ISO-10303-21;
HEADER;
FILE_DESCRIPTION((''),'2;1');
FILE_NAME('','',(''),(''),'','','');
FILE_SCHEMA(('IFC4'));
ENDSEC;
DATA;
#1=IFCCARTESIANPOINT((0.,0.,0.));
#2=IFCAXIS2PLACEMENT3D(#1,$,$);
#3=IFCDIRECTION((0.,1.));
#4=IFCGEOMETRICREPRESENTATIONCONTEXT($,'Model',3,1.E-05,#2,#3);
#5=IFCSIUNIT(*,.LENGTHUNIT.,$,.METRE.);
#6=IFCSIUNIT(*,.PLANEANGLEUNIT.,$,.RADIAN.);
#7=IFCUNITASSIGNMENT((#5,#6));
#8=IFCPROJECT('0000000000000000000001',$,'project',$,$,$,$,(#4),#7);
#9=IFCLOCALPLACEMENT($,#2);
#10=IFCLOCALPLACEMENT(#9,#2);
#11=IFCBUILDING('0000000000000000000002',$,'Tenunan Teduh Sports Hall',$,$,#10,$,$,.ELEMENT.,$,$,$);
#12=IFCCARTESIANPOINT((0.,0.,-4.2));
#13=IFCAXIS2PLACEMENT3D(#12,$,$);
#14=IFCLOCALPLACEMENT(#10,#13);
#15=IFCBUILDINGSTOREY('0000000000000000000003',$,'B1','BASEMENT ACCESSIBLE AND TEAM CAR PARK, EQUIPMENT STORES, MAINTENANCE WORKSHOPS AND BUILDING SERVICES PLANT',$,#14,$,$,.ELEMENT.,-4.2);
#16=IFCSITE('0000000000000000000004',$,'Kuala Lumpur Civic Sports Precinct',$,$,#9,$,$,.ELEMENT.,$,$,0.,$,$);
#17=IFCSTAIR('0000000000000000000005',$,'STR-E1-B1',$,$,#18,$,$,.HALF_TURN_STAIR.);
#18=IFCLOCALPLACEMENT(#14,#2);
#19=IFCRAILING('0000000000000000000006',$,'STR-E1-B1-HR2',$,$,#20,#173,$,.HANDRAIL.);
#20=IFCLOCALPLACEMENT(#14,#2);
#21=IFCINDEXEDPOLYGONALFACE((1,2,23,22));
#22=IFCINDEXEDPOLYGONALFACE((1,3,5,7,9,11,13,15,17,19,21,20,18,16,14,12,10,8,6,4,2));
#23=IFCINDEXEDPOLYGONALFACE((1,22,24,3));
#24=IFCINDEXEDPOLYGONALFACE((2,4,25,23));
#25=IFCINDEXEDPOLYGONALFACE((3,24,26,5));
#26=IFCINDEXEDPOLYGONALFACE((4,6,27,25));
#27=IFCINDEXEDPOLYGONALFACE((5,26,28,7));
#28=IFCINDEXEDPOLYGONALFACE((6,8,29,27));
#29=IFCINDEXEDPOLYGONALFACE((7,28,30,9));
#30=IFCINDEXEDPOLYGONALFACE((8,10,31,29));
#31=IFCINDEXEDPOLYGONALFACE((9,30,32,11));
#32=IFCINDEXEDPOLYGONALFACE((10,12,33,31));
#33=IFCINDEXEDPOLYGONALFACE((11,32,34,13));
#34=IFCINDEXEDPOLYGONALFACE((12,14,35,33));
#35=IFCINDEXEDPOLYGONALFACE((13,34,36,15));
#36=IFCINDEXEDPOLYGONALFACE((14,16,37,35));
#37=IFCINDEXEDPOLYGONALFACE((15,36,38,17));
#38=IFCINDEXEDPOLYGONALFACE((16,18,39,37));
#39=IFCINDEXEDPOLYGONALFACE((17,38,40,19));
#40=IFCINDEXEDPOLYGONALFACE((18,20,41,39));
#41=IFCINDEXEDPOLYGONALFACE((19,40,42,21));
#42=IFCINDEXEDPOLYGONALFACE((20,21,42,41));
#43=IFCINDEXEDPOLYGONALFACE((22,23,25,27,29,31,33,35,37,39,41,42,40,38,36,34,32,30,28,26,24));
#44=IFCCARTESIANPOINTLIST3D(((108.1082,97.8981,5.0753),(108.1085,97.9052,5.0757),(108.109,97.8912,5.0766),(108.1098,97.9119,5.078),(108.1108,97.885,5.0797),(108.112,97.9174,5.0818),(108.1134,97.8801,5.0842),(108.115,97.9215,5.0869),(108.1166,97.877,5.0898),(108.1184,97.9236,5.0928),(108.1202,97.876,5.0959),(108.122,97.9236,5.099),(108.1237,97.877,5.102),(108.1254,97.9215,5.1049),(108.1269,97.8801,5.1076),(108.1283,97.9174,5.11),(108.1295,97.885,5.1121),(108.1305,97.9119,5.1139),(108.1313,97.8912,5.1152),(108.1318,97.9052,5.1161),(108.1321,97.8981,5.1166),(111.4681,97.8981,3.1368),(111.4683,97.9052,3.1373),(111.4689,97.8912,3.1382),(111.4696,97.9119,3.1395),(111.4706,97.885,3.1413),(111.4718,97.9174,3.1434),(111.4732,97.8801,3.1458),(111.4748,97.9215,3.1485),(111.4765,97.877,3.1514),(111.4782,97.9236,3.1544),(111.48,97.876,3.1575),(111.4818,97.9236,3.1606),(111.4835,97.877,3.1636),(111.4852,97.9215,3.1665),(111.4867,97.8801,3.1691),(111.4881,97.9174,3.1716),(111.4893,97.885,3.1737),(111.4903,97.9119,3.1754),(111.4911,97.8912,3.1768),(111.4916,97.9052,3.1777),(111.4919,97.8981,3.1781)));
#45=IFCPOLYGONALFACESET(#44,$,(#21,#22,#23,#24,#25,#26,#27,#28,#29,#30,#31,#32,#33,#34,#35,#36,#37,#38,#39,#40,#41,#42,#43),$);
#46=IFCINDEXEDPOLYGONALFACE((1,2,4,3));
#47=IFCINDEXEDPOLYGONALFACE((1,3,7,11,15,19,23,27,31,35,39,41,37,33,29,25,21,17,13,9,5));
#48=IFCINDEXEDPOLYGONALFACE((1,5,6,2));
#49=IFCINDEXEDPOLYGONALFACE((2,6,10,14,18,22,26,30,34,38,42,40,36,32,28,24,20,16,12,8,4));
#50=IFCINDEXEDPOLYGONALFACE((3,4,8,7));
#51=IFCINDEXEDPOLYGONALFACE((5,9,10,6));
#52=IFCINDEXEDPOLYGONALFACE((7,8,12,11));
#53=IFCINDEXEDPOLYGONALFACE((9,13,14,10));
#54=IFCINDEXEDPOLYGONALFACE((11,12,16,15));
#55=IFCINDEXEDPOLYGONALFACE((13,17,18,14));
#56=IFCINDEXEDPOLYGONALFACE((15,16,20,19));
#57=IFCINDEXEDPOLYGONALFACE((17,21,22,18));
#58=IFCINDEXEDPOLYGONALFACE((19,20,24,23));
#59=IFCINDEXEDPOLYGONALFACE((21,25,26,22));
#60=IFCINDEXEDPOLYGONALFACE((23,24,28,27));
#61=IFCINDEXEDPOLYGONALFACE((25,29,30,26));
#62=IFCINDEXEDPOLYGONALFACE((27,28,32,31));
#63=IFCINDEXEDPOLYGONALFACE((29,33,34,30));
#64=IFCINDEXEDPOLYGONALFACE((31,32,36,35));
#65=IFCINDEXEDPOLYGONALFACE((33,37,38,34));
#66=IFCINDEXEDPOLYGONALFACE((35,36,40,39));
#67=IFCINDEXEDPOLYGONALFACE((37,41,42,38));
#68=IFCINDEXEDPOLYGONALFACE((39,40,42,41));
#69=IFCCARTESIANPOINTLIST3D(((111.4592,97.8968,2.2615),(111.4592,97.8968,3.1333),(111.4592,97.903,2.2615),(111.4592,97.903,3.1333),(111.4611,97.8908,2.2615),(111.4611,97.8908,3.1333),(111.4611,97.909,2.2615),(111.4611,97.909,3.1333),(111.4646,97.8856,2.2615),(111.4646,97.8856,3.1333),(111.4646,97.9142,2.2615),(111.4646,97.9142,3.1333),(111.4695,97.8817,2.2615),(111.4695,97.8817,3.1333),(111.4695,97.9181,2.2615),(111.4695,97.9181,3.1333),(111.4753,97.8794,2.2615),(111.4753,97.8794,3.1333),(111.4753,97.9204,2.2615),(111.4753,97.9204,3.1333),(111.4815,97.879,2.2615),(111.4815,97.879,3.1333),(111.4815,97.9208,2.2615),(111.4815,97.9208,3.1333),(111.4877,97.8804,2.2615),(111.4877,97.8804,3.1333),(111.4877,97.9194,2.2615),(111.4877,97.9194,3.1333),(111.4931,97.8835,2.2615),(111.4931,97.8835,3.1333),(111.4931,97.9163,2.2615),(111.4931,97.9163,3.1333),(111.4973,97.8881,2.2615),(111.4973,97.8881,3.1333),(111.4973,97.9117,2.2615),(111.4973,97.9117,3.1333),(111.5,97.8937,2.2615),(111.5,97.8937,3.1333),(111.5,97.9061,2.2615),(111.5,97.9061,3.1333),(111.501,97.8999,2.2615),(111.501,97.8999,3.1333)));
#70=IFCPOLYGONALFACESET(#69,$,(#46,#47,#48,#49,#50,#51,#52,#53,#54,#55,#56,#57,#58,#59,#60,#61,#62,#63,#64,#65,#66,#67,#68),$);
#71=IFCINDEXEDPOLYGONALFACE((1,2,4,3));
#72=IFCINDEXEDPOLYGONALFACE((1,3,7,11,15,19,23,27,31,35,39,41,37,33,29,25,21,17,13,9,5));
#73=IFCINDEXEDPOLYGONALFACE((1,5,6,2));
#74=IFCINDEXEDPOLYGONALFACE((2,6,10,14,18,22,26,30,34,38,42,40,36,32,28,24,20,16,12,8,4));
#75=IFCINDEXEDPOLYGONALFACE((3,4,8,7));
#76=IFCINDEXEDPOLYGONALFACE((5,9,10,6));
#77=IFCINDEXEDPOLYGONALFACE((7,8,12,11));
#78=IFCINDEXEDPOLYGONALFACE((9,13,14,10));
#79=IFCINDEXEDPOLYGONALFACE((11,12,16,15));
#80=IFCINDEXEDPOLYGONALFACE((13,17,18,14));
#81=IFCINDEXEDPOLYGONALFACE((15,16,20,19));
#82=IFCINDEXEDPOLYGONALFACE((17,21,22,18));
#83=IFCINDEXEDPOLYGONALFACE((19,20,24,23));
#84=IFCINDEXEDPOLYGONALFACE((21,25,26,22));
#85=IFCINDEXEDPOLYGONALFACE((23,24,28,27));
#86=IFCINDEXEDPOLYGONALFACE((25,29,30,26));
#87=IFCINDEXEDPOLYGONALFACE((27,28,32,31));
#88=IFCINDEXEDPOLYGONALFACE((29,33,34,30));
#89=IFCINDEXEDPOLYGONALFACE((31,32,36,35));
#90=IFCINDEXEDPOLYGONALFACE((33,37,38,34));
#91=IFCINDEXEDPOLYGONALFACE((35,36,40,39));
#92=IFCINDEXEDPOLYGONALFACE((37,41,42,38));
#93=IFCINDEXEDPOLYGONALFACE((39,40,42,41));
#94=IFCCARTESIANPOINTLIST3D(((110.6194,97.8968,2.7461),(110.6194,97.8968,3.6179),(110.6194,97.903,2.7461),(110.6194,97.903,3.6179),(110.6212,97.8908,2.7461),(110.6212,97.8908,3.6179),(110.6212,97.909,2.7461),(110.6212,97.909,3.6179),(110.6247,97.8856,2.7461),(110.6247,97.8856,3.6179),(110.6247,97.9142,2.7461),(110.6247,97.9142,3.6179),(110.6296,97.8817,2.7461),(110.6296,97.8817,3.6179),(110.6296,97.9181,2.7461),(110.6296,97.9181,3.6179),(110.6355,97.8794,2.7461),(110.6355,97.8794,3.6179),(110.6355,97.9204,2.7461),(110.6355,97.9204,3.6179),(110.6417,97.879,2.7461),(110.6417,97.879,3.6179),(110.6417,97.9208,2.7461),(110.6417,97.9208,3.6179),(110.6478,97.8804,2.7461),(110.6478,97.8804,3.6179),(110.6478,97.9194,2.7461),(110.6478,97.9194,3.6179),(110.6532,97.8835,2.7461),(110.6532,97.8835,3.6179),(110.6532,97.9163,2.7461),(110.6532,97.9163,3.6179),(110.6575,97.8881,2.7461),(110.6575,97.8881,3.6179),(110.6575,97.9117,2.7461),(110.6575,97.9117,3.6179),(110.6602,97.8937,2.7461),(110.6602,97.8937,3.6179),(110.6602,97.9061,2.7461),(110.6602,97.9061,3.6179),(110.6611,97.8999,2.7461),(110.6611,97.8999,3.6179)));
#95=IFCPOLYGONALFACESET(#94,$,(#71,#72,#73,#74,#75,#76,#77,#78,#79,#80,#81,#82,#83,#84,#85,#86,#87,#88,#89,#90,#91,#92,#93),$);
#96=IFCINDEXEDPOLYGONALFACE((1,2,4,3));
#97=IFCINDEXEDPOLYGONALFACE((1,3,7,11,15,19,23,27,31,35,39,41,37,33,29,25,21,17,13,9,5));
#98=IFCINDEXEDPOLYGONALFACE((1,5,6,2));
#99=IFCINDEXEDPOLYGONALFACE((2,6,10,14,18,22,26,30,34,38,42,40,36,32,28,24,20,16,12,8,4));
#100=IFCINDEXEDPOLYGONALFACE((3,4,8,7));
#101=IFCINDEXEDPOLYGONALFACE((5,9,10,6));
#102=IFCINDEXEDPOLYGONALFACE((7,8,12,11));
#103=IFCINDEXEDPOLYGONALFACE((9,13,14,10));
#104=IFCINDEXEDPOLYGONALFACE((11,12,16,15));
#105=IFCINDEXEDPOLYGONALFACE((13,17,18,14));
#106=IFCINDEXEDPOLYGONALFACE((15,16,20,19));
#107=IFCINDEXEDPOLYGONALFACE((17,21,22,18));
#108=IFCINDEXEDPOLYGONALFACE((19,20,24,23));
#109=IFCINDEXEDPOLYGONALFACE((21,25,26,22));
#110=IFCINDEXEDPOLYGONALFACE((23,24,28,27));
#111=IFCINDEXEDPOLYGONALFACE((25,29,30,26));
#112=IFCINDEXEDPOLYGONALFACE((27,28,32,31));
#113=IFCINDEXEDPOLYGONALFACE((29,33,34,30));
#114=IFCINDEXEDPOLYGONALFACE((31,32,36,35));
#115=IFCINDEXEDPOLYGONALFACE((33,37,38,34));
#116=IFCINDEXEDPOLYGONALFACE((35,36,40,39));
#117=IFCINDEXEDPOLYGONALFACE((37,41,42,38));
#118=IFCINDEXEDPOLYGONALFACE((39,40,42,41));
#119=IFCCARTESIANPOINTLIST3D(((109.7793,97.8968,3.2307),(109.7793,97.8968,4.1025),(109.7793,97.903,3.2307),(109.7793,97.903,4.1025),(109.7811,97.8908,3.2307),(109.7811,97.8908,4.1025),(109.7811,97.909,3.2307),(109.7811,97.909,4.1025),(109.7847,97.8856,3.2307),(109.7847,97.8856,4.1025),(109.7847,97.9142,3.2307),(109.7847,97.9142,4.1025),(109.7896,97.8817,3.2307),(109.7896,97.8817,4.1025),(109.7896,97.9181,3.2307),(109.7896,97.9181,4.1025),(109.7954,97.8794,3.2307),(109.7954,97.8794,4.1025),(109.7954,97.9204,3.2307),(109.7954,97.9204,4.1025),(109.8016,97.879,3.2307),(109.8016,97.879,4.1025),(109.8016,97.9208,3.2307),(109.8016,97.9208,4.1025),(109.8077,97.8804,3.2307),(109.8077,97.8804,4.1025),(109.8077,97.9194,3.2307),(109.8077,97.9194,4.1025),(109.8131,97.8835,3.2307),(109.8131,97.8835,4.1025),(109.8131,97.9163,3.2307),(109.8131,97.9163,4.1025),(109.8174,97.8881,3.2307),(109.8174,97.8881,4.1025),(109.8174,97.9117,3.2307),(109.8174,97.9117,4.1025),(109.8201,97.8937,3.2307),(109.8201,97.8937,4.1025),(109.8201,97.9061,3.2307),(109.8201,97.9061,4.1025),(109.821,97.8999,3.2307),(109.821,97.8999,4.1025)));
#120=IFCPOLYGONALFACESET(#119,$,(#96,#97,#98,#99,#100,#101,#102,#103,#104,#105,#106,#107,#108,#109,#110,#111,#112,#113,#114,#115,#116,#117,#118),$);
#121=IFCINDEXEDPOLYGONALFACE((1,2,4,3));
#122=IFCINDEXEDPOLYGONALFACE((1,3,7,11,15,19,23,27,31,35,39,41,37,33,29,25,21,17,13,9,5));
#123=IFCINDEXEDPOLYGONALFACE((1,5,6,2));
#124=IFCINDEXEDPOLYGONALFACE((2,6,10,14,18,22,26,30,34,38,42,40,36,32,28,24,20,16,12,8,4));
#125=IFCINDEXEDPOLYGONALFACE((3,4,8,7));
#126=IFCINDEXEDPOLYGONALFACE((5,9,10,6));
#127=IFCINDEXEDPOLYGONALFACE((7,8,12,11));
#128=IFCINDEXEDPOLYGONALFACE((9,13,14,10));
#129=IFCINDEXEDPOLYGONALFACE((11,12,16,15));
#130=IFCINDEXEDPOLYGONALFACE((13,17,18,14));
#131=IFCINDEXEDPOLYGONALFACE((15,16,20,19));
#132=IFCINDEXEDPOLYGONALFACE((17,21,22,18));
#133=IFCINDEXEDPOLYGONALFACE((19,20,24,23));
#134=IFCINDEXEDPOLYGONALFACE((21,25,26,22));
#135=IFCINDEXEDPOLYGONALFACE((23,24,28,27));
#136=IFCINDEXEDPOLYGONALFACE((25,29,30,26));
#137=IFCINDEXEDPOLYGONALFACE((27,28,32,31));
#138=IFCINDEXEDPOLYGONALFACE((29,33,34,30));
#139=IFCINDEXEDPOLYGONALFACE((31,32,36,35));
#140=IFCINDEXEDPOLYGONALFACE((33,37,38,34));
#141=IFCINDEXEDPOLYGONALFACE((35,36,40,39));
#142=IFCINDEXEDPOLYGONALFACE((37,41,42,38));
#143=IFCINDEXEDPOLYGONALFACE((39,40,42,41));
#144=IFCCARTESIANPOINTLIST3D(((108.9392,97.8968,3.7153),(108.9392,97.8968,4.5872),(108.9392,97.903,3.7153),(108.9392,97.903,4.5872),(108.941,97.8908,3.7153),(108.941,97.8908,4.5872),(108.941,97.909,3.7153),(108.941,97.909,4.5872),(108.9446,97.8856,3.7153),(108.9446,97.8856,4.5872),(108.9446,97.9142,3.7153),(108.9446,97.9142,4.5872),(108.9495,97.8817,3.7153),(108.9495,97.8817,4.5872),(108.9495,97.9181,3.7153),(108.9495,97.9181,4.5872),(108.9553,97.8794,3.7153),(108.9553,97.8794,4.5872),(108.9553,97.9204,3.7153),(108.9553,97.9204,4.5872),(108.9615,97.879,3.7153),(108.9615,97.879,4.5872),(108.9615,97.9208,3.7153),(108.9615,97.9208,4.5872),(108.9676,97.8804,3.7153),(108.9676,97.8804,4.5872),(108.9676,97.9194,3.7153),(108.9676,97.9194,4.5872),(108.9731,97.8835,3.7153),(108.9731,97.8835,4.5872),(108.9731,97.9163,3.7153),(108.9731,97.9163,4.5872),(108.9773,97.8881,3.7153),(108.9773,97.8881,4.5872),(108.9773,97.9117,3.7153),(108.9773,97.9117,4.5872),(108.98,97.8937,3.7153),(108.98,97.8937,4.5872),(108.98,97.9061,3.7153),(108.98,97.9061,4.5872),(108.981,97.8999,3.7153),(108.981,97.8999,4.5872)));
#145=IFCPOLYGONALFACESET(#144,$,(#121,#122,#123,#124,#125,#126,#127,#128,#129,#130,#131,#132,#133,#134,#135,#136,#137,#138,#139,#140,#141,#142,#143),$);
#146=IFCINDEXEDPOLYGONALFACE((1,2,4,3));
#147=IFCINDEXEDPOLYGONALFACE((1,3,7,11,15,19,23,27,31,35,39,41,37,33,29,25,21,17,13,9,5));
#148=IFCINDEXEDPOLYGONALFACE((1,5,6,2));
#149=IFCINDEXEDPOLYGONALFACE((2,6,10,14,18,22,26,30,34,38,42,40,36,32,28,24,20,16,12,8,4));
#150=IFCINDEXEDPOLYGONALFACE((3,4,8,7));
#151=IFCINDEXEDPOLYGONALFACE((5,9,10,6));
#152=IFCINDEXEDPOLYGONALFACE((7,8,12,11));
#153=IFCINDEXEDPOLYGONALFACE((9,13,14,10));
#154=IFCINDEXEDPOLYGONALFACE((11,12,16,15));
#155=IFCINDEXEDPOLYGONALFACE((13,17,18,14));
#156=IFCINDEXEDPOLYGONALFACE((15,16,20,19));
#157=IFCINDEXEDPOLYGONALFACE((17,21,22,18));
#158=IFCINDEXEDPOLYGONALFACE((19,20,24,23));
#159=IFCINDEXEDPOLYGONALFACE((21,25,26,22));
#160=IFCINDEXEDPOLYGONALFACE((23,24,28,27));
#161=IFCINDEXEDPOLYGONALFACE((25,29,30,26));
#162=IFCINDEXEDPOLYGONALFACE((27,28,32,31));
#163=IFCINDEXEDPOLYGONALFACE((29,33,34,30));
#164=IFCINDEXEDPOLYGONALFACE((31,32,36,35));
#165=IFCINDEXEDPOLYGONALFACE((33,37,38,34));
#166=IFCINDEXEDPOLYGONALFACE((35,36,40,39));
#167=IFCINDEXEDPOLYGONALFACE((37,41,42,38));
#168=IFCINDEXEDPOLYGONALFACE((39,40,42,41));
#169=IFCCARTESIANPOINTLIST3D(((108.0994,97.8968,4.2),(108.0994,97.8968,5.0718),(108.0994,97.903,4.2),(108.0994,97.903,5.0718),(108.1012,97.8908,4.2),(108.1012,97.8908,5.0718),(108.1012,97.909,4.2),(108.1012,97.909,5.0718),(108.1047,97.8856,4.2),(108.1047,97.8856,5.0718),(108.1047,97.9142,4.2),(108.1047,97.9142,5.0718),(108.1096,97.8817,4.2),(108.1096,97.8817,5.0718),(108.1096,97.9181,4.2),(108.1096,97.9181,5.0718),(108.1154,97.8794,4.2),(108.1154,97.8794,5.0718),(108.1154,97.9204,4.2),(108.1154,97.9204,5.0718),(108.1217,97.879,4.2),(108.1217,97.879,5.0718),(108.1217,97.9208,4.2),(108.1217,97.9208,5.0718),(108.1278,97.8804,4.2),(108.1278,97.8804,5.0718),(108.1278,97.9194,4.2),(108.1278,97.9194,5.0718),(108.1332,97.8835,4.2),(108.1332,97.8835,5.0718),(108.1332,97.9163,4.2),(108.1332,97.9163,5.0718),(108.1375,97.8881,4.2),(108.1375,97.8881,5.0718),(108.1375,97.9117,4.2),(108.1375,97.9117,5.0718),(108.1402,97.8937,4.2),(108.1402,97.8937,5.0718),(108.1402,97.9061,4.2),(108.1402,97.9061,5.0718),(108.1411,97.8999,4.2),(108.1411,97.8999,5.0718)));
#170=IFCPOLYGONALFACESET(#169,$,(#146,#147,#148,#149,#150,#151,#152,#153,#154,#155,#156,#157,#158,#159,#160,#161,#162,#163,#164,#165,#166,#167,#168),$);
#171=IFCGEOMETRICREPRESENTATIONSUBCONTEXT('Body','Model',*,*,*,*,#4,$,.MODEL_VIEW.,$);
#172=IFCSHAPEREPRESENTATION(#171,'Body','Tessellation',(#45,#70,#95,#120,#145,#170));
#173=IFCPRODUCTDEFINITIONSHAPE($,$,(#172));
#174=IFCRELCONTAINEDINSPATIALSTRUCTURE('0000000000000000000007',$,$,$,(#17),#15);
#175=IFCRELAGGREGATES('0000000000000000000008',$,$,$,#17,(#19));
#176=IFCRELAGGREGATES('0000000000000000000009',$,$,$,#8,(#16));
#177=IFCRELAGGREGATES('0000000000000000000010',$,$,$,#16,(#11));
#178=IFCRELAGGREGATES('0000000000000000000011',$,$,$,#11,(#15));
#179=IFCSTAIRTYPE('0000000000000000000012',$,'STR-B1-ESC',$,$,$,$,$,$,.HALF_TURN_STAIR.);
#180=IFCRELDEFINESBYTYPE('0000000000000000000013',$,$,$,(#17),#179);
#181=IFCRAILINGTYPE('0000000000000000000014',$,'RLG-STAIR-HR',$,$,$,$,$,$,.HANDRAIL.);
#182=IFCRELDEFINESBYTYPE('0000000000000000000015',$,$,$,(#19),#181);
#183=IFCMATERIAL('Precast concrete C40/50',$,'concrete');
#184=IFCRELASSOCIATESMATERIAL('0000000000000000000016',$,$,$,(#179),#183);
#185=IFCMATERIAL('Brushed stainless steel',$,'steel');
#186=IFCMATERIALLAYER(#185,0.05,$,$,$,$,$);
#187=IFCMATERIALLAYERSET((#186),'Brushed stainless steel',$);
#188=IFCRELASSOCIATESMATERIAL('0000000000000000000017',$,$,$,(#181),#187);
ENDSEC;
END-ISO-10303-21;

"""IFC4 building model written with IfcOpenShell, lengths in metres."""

from ifc_helpers import new_model, si_unit, direction, frame, origin, origin_2d, place, context, subcontext, project, spatial, circle, extrude, material, layer, layer_set, type_object, element, aggregate, save


model = new_model("IFC4")

# Units and contexts
model_context = context("Model", 3, precision=1e-05, world=origin(), true_north=direction((0.0, 1.0)))
body_context = subcontext(model_context, "Body", "Model", "MODEL_VIEW")
ifc_project = project(units=[si_unit("LENGTHUNIT", "METRE"), si_unit("PLANEANGLEUNIT", "RADIAN")], contexts=[model_context])

# Site, building, storey
site_placement = place(None, origin())
site = spatial("IfcSite", under=ifc_project, at=site_placement, Name="Kuala Lumpur Civic Sports Precinct", CompositionType="ELEMENT", RefElevation=0.0)
building_placement = place(site_placement, origin())
building = spatial("IfcBuilding", under=site, at=building_placement, Name="Tenunan Teduh Sports Hall", CompositionType="ELEMENT")
storey_placement = place(building_placement, frame((0.0, 0.0, -4.2)))
storey = spatial("IfcBuildingStorey", under=building, at=storey_placement, Name="B1", Description="BASEMENT ACCESSIBLE AND TEAM CAR PARK, EQUIPMENT STORES, MAINTENANCE WORKSHOPS AND BUILDING SERVICES PLANT", CompositionType="ELEMENT", Elevation=-4.2)

# Stair
ifc_material_1 = material(Name="Precast concrete C40/50", Category="concrete")
stair_type = type_object("IfcStairType", Name="STR-B1-ESC", PredefinedType="HALF_TURN_STAIR", material=ifc_material_1)
stair_placement = place(storey_placement, origin())
stair = element("IfcStair", 1, at=stair_placement, inside=storey, type_object=stair_type, Name="STR-E1-B1", PredefinedType="HALF_TURN_STAIR")

# Railing
ifc_material_2 = material(Name="Brushed stainless steel", Category="steel")
ifc_layer_1 = layer(ifc_material_2, 0.05)
ifc_layer_set_1 = layer_set([ifc_layer_1], Name="Brushed stainless steel")
railing_type_1 = type_object("IfcRailingType", Name="RLG-STAIR-HR", PredefinedType="HANDRAIL", material=ifc_layer_set_1)
railing_1_placement = place(storey_placement, frame((111.48, 97.8999, 2.2615)))
railing_1 = element("IfcRailing", 2, at=railing_1_placement, type_object=railing_type_1, Name="STR-E1-B1-HR2", PredefinedType="HANDRAIL", context=body_context, shape_type="SweptSolid", body=[
    extrude(circle(Radius=0.0239, at=origin_2d()), frame((0.0, 0.0, 0.896), z_axis=(-0.866175, 0.0, 0.499741), x_axis=(0.0, -1.0, 0.0)), (0.0, 0.0, 1.0), 3.8789),
    extrude(circle(Radius=0.021, at=origin_2d()), origin(), (0.0, 0.0, 1.0), 0.8718),
    extrude(circle(Radius=0.021, at=origin_2d()), frame((-0.8398, 0.0, 0.4846)), (0.0, 0.0, 1.0), 0.8718),
    extrude(circle(Radius=0.021, at=origin_2d()), frame((-1.6799, 0.0, 0.9692)), (0.0, 0.0, 1.0), 0.8718),
    extrude(circle(Radius=0.021, at=origin_2d()), frame((-2.52, 0.0, 1.4539)), (0.0, 0.0, 1.0), 0.8718),
    extrude(circle(Radius=0.021, at=origin_2d()), frame((-3.3599, 0.0, 1.9385)), (0.0, 0.0, 1.0), 0.8718),
])
aggregate(stair, [railing_1])

save(model, "model.ifc")
